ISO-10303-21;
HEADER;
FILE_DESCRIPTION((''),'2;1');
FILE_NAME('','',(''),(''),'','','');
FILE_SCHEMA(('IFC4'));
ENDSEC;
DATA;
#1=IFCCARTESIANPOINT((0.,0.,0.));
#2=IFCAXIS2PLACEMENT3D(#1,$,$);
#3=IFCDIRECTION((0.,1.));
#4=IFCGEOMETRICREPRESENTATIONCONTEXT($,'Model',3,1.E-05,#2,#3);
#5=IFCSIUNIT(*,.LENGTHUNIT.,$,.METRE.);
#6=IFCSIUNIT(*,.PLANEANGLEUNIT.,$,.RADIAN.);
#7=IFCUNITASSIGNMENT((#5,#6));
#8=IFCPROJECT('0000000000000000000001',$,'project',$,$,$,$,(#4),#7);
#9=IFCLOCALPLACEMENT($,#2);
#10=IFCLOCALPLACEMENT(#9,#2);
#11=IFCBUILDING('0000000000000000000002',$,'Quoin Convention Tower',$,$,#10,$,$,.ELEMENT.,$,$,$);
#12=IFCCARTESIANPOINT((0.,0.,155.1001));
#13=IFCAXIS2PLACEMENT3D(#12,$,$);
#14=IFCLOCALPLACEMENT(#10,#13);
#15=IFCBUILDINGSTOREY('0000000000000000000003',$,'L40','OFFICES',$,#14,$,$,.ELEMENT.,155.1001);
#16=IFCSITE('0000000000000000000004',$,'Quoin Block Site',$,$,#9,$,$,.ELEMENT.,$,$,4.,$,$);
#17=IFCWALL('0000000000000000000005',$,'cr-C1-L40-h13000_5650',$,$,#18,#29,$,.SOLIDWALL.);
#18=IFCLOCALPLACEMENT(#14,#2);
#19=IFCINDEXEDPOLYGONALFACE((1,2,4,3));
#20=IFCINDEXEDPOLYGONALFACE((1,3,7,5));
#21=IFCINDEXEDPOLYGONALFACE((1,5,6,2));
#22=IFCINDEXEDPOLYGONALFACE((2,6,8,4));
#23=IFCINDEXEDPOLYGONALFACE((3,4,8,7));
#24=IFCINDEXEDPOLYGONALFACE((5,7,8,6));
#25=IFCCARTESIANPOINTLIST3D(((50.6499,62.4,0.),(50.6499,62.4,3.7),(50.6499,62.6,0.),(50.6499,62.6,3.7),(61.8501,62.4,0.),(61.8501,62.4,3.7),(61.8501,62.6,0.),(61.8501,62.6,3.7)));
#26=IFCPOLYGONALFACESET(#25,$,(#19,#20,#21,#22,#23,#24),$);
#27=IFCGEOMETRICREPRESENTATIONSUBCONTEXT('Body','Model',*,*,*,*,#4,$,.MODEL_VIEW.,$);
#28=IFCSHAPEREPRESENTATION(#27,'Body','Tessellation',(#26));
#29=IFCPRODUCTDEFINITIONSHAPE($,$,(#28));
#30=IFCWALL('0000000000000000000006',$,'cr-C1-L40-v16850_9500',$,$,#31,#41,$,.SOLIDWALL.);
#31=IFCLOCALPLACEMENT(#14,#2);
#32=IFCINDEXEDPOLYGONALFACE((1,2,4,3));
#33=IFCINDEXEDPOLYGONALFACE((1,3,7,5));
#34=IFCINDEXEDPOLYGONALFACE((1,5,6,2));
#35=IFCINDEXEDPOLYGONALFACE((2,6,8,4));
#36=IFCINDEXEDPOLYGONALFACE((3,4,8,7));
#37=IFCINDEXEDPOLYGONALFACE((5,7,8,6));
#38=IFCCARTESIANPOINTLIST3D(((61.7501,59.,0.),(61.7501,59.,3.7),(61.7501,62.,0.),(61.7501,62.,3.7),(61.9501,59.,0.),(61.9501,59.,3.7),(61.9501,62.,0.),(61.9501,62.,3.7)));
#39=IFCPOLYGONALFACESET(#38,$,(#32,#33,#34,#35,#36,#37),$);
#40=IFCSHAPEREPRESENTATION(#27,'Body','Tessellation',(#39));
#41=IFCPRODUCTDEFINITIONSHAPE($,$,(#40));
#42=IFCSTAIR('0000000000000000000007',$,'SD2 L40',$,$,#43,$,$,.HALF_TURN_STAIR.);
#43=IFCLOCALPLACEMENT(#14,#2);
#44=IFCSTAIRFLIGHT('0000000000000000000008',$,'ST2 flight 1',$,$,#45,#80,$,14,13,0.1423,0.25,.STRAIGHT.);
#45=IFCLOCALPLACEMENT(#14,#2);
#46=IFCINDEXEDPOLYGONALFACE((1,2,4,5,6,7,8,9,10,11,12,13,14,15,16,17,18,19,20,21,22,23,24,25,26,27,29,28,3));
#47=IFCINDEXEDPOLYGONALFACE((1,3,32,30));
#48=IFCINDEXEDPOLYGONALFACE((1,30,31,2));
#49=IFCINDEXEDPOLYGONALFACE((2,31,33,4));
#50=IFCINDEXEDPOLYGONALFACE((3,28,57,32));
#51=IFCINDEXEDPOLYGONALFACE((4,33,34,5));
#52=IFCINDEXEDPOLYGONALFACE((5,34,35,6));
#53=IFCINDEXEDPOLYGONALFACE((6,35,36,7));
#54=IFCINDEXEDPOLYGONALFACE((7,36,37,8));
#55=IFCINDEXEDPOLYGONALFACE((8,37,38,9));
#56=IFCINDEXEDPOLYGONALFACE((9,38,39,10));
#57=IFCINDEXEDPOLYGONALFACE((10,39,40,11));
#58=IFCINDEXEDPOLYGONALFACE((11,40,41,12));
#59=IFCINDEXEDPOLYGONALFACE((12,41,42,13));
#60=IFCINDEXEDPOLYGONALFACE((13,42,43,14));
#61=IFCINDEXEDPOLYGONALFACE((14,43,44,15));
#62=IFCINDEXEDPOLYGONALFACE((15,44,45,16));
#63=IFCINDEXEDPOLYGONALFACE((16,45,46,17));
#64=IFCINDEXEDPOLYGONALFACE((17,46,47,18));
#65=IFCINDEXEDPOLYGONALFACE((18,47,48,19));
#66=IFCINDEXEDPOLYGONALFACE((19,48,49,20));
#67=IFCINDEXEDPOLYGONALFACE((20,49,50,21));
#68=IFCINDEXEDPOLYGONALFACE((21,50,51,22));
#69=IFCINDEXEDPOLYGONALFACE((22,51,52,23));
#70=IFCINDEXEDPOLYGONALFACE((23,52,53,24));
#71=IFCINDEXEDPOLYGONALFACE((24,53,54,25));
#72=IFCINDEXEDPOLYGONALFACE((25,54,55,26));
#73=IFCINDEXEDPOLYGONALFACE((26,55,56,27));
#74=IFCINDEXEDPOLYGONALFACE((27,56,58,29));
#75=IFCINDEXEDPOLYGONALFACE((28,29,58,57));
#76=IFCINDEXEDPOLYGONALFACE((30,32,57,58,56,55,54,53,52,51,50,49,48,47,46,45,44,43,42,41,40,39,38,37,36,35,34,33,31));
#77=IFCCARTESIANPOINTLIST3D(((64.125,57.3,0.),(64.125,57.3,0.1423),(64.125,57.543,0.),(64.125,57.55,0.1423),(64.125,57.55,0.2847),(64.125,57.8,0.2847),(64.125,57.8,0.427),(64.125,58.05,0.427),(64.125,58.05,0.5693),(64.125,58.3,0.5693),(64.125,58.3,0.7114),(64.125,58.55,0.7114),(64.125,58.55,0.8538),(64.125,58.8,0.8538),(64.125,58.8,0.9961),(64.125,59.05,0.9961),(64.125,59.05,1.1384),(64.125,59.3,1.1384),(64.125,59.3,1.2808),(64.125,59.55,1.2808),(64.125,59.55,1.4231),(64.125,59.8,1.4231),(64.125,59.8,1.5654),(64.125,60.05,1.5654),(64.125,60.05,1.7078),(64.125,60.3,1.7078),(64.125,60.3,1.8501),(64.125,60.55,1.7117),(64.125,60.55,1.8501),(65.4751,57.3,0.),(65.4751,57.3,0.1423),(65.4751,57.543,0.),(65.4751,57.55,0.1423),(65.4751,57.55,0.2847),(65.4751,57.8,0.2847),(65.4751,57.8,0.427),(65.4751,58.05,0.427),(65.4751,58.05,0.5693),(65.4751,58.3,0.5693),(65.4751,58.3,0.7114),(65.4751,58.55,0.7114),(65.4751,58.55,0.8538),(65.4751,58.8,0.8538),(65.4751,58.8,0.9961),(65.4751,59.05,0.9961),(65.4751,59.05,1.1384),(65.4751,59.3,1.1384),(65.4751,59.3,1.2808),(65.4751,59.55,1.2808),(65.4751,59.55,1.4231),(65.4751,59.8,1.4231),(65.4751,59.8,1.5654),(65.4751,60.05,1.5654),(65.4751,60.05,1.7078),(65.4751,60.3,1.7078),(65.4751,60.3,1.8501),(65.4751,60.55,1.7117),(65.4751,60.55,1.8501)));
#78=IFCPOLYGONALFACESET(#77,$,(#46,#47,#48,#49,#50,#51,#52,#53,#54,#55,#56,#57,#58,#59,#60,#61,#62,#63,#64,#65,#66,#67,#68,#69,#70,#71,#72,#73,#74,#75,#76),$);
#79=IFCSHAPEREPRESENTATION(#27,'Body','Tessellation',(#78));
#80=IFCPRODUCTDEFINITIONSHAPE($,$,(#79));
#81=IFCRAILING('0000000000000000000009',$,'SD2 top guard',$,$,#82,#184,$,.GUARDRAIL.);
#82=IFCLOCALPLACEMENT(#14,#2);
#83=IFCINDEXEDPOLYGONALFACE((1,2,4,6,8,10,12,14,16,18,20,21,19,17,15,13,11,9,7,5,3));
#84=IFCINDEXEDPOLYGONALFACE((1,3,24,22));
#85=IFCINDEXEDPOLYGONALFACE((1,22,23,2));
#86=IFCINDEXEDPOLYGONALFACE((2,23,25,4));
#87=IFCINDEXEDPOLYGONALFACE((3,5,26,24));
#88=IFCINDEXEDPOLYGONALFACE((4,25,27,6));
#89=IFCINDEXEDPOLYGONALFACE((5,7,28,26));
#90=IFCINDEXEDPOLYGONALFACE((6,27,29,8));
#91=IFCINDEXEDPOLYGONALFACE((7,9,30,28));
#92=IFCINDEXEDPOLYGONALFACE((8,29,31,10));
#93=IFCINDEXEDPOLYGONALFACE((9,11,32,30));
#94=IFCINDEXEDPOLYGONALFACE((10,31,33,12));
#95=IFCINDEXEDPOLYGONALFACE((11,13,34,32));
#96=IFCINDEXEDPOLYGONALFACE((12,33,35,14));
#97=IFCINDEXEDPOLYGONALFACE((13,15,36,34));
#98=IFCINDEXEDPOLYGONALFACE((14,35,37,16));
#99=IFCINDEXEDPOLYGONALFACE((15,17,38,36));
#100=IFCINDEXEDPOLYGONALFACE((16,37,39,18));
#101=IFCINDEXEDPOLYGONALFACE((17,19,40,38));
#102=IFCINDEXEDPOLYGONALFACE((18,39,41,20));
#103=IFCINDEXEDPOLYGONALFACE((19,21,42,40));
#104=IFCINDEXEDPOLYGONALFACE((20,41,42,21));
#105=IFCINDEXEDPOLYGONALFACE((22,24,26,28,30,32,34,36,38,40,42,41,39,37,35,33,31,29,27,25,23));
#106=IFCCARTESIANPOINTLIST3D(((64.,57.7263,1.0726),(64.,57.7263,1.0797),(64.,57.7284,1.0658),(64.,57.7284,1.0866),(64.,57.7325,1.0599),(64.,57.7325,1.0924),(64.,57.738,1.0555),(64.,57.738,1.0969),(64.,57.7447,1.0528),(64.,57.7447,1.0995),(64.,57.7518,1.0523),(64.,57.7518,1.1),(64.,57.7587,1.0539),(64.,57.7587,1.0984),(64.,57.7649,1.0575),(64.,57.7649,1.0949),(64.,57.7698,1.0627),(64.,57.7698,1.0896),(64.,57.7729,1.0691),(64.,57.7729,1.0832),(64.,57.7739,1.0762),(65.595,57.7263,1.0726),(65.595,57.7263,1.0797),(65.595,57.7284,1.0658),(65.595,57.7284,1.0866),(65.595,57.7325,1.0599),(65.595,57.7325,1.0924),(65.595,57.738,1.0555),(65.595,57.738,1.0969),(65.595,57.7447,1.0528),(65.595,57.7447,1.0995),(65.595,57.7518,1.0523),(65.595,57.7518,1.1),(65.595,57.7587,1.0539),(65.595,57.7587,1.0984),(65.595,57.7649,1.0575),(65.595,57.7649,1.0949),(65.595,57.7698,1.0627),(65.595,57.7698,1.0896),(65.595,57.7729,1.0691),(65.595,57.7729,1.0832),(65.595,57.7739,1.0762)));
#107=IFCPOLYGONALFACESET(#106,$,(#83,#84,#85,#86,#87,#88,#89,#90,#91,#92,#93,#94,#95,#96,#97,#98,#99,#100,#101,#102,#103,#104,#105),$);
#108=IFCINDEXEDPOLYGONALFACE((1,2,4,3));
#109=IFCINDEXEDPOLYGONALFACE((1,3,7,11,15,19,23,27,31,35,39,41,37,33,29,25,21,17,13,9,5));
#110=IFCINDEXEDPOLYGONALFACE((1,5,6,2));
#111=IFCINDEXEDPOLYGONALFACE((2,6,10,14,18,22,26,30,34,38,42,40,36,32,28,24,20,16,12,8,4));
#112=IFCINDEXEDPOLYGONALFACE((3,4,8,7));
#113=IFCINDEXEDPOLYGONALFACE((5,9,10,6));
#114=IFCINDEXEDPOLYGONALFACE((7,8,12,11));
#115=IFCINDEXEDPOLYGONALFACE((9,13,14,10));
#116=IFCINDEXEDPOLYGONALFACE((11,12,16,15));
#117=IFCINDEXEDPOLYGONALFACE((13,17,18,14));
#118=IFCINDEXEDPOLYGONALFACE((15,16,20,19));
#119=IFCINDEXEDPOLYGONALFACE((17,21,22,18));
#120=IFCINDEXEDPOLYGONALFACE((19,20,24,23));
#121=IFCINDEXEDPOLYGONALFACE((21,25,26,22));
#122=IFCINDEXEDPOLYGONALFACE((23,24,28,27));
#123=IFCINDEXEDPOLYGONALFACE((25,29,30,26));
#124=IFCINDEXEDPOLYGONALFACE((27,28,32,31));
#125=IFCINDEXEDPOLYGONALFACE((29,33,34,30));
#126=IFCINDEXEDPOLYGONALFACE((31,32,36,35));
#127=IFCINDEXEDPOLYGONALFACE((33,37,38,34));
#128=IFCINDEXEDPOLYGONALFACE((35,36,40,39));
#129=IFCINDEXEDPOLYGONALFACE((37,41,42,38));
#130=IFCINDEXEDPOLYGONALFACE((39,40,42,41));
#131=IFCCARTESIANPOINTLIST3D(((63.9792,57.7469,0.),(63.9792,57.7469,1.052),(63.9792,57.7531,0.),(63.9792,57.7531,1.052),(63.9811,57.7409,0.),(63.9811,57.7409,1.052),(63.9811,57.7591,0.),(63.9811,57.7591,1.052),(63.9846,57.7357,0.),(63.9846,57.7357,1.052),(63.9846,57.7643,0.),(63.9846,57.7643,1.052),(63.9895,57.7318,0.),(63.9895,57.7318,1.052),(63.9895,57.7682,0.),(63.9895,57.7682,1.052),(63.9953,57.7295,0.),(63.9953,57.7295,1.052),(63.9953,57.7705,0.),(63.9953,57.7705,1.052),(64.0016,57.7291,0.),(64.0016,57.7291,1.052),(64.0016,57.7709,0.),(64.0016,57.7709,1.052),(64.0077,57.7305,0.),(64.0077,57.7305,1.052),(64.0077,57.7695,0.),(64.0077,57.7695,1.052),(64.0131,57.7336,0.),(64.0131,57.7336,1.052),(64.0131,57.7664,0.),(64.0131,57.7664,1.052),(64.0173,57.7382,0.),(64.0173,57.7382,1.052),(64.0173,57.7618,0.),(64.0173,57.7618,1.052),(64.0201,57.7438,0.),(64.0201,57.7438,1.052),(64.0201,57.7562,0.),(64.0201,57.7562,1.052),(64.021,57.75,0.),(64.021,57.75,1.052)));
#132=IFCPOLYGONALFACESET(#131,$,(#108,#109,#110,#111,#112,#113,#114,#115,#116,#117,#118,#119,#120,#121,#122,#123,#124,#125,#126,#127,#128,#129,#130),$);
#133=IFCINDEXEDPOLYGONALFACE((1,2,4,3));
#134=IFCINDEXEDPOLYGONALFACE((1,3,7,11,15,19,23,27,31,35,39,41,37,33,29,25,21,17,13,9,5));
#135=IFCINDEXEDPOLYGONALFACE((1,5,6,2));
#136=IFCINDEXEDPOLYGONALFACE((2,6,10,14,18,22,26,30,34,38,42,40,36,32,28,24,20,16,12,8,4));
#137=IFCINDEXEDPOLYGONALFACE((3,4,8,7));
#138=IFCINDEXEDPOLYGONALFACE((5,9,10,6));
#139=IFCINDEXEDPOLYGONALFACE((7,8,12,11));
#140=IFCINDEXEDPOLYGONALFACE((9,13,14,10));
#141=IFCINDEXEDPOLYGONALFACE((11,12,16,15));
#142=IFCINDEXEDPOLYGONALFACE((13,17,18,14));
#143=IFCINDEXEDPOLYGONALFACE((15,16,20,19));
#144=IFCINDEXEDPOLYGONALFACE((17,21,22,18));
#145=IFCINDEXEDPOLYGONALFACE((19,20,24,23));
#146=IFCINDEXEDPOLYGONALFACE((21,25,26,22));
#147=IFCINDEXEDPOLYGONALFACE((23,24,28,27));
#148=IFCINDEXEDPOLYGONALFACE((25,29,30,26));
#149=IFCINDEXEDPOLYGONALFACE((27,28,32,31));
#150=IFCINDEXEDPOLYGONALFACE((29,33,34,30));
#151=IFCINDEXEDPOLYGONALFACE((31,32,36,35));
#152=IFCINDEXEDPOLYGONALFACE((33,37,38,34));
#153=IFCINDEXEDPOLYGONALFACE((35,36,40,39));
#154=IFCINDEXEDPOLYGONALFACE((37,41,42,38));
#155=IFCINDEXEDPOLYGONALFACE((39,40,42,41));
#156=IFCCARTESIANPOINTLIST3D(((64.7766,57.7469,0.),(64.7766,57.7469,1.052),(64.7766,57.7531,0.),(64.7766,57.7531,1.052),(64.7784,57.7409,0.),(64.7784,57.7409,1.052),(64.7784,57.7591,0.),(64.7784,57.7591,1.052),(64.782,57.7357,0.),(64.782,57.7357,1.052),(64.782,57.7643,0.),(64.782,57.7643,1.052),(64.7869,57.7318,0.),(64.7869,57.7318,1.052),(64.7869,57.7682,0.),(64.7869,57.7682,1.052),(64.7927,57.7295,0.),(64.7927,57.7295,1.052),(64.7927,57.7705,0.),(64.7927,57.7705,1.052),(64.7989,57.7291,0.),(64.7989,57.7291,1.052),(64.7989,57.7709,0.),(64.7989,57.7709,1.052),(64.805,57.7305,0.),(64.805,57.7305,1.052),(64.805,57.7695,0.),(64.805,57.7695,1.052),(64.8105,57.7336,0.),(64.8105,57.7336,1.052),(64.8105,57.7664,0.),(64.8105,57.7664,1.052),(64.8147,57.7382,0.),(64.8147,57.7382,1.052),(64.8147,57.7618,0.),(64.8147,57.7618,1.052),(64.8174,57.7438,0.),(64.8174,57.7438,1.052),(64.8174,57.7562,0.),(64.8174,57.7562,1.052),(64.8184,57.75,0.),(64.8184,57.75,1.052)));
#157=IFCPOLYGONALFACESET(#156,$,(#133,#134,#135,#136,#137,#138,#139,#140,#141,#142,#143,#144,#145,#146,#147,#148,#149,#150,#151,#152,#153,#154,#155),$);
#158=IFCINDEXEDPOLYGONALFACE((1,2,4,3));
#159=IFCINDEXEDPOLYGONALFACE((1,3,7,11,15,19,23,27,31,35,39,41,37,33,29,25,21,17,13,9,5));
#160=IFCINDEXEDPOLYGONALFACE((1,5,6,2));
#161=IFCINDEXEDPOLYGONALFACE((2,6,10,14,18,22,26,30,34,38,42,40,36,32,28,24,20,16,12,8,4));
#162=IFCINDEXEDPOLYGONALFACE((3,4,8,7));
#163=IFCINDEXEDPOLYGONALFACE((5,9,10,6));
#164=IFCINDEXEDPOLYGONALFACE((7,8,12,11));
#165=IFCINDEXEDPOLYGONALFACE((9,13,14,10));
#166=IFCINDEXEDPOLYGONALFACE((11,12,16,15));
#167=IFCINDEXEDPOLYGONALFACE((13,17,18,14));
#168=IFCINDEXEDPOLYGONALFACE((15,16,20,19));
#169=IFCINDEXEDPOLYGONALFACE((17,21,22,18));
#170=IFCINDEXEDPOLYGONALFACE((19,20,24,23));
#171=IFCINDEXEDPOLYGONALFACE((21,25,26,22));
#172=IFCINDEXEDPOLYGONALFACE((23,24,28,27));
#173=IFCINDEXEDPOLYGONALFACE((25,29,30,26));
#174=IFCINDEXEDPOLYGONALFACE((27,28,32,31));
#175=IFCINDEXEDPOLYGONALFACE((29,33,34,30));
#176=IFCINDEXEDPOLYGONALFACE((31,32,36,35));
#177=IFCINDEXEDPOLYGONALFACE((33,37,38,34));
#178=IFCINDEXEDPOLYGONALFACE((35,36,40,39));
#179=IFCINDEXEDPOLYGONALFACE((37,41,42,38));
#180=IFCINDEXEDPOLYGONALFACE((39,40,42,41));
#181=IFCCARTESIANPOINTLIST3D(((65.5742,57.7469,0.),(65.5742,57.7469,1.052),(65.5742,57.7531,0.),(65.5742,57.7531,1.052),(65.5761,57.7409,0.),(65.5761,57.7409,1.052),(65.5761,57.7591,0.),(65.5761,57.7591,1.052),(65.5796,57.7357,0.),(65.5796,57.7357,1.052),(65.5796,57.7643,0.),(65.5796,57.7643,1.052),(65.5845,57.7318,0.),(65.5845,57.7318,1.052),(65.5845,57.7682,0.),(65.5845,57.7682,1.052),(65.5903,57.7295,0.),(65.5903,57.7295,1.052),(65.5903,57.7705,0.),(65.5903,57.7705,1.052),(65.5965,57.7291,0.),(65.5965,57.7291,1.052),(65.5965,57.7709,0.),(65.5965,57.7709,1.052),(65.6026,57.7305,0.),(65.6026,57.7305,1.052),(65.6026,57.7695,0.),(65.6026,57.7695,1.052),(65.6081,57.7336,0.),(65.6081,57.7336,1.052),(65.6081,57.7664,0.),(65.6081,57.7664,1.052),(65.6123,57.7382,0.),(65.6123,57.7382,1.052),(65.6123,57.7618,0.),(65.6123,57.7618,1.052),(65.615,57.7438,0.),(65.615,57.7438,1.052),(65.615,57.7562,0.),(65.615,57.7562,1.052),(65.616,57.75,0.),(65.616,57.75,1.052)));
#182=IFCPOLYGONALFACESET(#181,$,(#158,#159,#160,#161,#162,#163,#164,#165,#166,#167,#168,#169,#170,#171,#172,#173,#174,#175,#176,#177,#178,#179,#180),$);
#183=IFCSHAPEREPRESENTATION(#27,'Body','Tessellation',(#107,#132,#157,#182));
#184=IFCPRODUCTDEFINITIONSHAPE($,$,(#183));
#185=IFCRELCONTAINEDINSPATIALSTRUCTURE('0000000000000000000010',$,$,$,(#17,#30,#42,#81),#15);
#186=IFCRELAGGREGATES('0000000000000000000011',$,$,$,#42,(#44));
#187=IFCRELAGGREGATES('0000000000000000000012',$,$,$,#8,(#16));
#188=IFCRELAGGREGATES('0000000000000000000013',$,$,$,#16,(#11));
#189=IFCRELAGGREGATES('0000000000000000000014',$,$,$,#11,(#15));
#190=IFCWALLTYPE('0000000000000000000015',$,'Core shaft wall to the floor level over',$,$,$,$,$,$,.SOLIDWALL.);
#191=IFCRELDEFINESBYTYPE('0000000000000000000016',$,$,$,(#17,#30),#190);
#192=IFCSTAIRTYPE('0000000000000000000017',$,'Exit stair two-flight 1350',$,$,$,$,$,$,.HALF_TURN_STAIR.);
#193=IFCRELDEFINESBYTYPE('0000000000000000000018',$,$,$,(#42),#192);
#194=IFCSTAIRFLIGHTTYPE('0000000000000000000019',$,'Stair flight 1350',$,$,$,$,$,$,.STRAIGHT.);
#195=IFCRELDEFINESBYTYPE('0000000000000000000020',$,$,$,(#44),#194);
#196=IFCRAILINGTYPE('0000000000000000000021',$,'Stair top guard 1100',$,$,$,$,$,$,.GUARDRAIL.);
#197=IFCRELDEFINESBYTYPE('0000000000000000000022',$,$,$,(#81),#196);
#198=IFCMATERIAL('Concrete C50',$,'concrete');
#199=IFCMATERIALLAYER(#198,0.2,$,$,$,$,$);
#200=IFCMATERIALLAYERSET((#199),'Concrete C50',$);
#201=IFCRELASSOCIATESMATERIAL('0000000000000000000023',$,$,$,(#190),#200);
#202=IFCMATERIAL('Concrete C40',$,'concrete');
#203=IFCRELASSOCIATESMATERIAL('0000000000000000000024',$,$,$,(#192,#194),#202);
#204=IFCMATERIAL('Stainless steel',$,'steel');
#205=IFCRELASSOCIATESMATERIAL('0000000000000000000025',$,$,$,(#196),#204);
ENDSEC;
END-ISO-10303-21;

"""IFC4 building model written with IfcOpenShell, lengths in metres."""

from ifc_helpers import new_model, si_unit, direction, frame, frame_2d, origin, origin_2d, place, context, subcontext, project, spatial, polyline, rectangle, circle, outline, extrude, material, layer, layer_set, type_object, element, aggregate, save


model = new_model("IFC4")

# Units and contexts
model_context = context("Model", 3, precision=1e-05, world=origin(), true_north=direction((0.0, 1.0)))
body_context = subcontext(model_context, "Body", "Model", "MODEL_VIEW")
ifc_project = project(units=[si_unit("LENGTHUNIT", "METRE"), si_unit("PLANEANGLEUNIT", "RADIAN")], contexts=[model_context])

# Site, building, storey
site_placement = place(None, origin())
site = spatial("IfcSite", under=ifc_project, at=site_placement, Name="Quoin Block Site", CompositionType="ELEMENT", RefElevation=4.0)
building_placement = place(site_placement, origin())
building = spatial("IfcBuilding", under=site, at=building_placement, Name="Quoin Convention Tower", CompositionType="ELEMENT")
storey_placement = place(building_placement, frame((0.0, 0.0, 155.1001)))
storey = spatial("IfcBuildingStorey", under=building, at=storey_placement, Name="L40", Description="OFFICES", CompositionType="ELEMENT", Elevation=155.1001)

# Shared definitions
ifc_material_1 = material(Name="Concrete C50", Category="concrete")

# Walls
ifc_layer_1 = layer(ifc_material_1, 0.2)
ifc_layer_set_1 = layer_set([ifc_layer_1], Name="Concrete C50")
wall_type_1 = type_object("IfcWallType", Name="Core shaft wall to the floor level over", PredefinedType="SOLIDWALL", material=ifc_layer_set_1)
wall_1_placement = place(storey_placement, frame((50.6499, 62.5, 0.0), z_axis=(0.0, 0.0, 1.0), x_axis=(1.0, 0.0, 0.0)))
element("IfcWall", 1, at=wall_1_placement, inside=storey, type_object=wall_type_1, Name="cr-C1-L40-h13000_5650", PredefinedType="SOLIDWALL", context=body_context, shape_type="SweptSolid", body=[
    extrude(rectangle(XDim=11.2002, YDim=0.2, at=frame_2d((5.6001, 0.0))), origin(), (0.0, 0.0, 1.0), 3.7),
])
wall_2_placement = place(storey_placement, frame((61.8501, 59.0, 0.0), z_axis=(0.0, 0.0, 1.0), x_axis=(0.0, 1.0, 0.0)))
element("IfcWall", 2, at=wall_2_placement, inside=storey, type_object=wall_type_1, Name="cr-C1-L40-v16850_9500", PredefinedType="SOLIDWALL", context=body_context, shape_type="SweptSolid", body=[
    extrude(rectangle(XDim=3.0, YDim=0.2, at=frame_2d((1.5, 0.0))), origin(), (0.0, 0.0, 1.0), 3.7),
])

# Stair, stair flight
ifc_material_2 = material(Name="Concrete C40", Category="concrete")
stair_type = type_object("IfcStairType", Name="Exit stair two-flight 1350", PredefinedType="HALF_TURN_STAIR", material=ifc_material_2)
stair_placement = place(storey_placement, origin())
stair = element("IfcStair", 3, at=stair_placement, inside=storey, type_object=stair_type, Name="SD2 L40", PredefinedType="HALF_TURN_STAIR")
stair_flight_type = type_object("IfcStairFlightType", Name="Stair flight 1350", PredefinedType="STRAIGHT", material=ifc_material_2)
stair_flight_placement = place(storey_placement, frame((64.8, 57.3, 0.0), z_axis=(0.0, 0.0, 1.0), x_axis=(0.0, 1.0, 0.0)))
stair_flight = element("IfcStairFlight", 4, at=stair_flight_placement, type_object=stair_flight_type, Name="ST2 flight 1", NumberOfRisers=14, NumberOfTreads=13, PredefinedType="STRAIGHT", RiserHeight=0.1423, TreadLength=0.25, context=body_context, shape_type="SweptSolid", body=[
    extrude(outline(polyline([(0.0, 0.0), (0.0, 0.1423), (0.25, 0.1423), (0.25, 0.2847), (0.5, 0.2847), (0.5, 0.427), (0.75, 0.427), (0.75, 0.5693), (1.0, 0.5693), (1.0, 0.7114), (1.25, 0.7114), (1.25, 0.8538), (1.5, 0.8538), (1.5, 0.9961), (1.75, 0.9961), (1.75, 1.1384), (2.0, 1.1384), (2.0, 1.2808), (2.25, 1.2808), (2.25, 1.4231), (2.5, 1.4231), (2.5, 1.5654), (2.75, 1.5654), (2.75, 1.7078), (3.0, 1.7078), (3.0, 1.8501), (3.25, 1.8501), (3.25, 1.9922), (3.25, 1.7117), (0.2429, 0.0), (0.0, 0.0)])), frame((0.0, 0.675, 0.0), z_axis=(0.0, -1.0, 0.0), x_axis=(1.0, 0.0, 0.0)), (0.0, 0.0, 1.0), 1.3501),
])
aggregate(stair, [stair_flight])

# Railing
ifc_material_3 = material(Name="Stainless steel", Category="steel")
railing_type_1 = type_object("IfcRailingType", Name="Stair top guard 1100", PredefinedType="GUARDRAIL", material=ifc_material_3)
railing_1_placement = place(storey_placement, frame((64.0, 57.75, 0.0)))
element("IfcRailing", 5, at=railing_1_placement, inside=storey, type_object=railing_type_1, Name="SD2 top guard", PredefinedType="GUARDRAIL", context=body_context, shape_type="SweptSolid", body=[
    extrude(circle(Radius=0.0239, at=origin_2d()), frame((0.0, 0.0, 1.0762), z_axis=(1.0, 0.0, 0.0), x_axis=(0.0, 1.0, 0.0)), (0.0, 0.0, 1.0), 1.595),
    extrude(circle(Radius=0.021, at=origin_2d()), origin(), (0.0, 0.0, 1.0), 1.052),
    extrude(circle(Radius=0.021, at=origin_2d()), frame((0.7974, 0.0, 0.0)), (0.0, 0.0, 1.0), 1.052),
    extrude(circle(Radius=0.021, at=origin_2d()), frame((1.595, 0.0, 0.0)), (0.0, 0.0, 1.0), 1.052),
])

save(model, "model.ifc")
